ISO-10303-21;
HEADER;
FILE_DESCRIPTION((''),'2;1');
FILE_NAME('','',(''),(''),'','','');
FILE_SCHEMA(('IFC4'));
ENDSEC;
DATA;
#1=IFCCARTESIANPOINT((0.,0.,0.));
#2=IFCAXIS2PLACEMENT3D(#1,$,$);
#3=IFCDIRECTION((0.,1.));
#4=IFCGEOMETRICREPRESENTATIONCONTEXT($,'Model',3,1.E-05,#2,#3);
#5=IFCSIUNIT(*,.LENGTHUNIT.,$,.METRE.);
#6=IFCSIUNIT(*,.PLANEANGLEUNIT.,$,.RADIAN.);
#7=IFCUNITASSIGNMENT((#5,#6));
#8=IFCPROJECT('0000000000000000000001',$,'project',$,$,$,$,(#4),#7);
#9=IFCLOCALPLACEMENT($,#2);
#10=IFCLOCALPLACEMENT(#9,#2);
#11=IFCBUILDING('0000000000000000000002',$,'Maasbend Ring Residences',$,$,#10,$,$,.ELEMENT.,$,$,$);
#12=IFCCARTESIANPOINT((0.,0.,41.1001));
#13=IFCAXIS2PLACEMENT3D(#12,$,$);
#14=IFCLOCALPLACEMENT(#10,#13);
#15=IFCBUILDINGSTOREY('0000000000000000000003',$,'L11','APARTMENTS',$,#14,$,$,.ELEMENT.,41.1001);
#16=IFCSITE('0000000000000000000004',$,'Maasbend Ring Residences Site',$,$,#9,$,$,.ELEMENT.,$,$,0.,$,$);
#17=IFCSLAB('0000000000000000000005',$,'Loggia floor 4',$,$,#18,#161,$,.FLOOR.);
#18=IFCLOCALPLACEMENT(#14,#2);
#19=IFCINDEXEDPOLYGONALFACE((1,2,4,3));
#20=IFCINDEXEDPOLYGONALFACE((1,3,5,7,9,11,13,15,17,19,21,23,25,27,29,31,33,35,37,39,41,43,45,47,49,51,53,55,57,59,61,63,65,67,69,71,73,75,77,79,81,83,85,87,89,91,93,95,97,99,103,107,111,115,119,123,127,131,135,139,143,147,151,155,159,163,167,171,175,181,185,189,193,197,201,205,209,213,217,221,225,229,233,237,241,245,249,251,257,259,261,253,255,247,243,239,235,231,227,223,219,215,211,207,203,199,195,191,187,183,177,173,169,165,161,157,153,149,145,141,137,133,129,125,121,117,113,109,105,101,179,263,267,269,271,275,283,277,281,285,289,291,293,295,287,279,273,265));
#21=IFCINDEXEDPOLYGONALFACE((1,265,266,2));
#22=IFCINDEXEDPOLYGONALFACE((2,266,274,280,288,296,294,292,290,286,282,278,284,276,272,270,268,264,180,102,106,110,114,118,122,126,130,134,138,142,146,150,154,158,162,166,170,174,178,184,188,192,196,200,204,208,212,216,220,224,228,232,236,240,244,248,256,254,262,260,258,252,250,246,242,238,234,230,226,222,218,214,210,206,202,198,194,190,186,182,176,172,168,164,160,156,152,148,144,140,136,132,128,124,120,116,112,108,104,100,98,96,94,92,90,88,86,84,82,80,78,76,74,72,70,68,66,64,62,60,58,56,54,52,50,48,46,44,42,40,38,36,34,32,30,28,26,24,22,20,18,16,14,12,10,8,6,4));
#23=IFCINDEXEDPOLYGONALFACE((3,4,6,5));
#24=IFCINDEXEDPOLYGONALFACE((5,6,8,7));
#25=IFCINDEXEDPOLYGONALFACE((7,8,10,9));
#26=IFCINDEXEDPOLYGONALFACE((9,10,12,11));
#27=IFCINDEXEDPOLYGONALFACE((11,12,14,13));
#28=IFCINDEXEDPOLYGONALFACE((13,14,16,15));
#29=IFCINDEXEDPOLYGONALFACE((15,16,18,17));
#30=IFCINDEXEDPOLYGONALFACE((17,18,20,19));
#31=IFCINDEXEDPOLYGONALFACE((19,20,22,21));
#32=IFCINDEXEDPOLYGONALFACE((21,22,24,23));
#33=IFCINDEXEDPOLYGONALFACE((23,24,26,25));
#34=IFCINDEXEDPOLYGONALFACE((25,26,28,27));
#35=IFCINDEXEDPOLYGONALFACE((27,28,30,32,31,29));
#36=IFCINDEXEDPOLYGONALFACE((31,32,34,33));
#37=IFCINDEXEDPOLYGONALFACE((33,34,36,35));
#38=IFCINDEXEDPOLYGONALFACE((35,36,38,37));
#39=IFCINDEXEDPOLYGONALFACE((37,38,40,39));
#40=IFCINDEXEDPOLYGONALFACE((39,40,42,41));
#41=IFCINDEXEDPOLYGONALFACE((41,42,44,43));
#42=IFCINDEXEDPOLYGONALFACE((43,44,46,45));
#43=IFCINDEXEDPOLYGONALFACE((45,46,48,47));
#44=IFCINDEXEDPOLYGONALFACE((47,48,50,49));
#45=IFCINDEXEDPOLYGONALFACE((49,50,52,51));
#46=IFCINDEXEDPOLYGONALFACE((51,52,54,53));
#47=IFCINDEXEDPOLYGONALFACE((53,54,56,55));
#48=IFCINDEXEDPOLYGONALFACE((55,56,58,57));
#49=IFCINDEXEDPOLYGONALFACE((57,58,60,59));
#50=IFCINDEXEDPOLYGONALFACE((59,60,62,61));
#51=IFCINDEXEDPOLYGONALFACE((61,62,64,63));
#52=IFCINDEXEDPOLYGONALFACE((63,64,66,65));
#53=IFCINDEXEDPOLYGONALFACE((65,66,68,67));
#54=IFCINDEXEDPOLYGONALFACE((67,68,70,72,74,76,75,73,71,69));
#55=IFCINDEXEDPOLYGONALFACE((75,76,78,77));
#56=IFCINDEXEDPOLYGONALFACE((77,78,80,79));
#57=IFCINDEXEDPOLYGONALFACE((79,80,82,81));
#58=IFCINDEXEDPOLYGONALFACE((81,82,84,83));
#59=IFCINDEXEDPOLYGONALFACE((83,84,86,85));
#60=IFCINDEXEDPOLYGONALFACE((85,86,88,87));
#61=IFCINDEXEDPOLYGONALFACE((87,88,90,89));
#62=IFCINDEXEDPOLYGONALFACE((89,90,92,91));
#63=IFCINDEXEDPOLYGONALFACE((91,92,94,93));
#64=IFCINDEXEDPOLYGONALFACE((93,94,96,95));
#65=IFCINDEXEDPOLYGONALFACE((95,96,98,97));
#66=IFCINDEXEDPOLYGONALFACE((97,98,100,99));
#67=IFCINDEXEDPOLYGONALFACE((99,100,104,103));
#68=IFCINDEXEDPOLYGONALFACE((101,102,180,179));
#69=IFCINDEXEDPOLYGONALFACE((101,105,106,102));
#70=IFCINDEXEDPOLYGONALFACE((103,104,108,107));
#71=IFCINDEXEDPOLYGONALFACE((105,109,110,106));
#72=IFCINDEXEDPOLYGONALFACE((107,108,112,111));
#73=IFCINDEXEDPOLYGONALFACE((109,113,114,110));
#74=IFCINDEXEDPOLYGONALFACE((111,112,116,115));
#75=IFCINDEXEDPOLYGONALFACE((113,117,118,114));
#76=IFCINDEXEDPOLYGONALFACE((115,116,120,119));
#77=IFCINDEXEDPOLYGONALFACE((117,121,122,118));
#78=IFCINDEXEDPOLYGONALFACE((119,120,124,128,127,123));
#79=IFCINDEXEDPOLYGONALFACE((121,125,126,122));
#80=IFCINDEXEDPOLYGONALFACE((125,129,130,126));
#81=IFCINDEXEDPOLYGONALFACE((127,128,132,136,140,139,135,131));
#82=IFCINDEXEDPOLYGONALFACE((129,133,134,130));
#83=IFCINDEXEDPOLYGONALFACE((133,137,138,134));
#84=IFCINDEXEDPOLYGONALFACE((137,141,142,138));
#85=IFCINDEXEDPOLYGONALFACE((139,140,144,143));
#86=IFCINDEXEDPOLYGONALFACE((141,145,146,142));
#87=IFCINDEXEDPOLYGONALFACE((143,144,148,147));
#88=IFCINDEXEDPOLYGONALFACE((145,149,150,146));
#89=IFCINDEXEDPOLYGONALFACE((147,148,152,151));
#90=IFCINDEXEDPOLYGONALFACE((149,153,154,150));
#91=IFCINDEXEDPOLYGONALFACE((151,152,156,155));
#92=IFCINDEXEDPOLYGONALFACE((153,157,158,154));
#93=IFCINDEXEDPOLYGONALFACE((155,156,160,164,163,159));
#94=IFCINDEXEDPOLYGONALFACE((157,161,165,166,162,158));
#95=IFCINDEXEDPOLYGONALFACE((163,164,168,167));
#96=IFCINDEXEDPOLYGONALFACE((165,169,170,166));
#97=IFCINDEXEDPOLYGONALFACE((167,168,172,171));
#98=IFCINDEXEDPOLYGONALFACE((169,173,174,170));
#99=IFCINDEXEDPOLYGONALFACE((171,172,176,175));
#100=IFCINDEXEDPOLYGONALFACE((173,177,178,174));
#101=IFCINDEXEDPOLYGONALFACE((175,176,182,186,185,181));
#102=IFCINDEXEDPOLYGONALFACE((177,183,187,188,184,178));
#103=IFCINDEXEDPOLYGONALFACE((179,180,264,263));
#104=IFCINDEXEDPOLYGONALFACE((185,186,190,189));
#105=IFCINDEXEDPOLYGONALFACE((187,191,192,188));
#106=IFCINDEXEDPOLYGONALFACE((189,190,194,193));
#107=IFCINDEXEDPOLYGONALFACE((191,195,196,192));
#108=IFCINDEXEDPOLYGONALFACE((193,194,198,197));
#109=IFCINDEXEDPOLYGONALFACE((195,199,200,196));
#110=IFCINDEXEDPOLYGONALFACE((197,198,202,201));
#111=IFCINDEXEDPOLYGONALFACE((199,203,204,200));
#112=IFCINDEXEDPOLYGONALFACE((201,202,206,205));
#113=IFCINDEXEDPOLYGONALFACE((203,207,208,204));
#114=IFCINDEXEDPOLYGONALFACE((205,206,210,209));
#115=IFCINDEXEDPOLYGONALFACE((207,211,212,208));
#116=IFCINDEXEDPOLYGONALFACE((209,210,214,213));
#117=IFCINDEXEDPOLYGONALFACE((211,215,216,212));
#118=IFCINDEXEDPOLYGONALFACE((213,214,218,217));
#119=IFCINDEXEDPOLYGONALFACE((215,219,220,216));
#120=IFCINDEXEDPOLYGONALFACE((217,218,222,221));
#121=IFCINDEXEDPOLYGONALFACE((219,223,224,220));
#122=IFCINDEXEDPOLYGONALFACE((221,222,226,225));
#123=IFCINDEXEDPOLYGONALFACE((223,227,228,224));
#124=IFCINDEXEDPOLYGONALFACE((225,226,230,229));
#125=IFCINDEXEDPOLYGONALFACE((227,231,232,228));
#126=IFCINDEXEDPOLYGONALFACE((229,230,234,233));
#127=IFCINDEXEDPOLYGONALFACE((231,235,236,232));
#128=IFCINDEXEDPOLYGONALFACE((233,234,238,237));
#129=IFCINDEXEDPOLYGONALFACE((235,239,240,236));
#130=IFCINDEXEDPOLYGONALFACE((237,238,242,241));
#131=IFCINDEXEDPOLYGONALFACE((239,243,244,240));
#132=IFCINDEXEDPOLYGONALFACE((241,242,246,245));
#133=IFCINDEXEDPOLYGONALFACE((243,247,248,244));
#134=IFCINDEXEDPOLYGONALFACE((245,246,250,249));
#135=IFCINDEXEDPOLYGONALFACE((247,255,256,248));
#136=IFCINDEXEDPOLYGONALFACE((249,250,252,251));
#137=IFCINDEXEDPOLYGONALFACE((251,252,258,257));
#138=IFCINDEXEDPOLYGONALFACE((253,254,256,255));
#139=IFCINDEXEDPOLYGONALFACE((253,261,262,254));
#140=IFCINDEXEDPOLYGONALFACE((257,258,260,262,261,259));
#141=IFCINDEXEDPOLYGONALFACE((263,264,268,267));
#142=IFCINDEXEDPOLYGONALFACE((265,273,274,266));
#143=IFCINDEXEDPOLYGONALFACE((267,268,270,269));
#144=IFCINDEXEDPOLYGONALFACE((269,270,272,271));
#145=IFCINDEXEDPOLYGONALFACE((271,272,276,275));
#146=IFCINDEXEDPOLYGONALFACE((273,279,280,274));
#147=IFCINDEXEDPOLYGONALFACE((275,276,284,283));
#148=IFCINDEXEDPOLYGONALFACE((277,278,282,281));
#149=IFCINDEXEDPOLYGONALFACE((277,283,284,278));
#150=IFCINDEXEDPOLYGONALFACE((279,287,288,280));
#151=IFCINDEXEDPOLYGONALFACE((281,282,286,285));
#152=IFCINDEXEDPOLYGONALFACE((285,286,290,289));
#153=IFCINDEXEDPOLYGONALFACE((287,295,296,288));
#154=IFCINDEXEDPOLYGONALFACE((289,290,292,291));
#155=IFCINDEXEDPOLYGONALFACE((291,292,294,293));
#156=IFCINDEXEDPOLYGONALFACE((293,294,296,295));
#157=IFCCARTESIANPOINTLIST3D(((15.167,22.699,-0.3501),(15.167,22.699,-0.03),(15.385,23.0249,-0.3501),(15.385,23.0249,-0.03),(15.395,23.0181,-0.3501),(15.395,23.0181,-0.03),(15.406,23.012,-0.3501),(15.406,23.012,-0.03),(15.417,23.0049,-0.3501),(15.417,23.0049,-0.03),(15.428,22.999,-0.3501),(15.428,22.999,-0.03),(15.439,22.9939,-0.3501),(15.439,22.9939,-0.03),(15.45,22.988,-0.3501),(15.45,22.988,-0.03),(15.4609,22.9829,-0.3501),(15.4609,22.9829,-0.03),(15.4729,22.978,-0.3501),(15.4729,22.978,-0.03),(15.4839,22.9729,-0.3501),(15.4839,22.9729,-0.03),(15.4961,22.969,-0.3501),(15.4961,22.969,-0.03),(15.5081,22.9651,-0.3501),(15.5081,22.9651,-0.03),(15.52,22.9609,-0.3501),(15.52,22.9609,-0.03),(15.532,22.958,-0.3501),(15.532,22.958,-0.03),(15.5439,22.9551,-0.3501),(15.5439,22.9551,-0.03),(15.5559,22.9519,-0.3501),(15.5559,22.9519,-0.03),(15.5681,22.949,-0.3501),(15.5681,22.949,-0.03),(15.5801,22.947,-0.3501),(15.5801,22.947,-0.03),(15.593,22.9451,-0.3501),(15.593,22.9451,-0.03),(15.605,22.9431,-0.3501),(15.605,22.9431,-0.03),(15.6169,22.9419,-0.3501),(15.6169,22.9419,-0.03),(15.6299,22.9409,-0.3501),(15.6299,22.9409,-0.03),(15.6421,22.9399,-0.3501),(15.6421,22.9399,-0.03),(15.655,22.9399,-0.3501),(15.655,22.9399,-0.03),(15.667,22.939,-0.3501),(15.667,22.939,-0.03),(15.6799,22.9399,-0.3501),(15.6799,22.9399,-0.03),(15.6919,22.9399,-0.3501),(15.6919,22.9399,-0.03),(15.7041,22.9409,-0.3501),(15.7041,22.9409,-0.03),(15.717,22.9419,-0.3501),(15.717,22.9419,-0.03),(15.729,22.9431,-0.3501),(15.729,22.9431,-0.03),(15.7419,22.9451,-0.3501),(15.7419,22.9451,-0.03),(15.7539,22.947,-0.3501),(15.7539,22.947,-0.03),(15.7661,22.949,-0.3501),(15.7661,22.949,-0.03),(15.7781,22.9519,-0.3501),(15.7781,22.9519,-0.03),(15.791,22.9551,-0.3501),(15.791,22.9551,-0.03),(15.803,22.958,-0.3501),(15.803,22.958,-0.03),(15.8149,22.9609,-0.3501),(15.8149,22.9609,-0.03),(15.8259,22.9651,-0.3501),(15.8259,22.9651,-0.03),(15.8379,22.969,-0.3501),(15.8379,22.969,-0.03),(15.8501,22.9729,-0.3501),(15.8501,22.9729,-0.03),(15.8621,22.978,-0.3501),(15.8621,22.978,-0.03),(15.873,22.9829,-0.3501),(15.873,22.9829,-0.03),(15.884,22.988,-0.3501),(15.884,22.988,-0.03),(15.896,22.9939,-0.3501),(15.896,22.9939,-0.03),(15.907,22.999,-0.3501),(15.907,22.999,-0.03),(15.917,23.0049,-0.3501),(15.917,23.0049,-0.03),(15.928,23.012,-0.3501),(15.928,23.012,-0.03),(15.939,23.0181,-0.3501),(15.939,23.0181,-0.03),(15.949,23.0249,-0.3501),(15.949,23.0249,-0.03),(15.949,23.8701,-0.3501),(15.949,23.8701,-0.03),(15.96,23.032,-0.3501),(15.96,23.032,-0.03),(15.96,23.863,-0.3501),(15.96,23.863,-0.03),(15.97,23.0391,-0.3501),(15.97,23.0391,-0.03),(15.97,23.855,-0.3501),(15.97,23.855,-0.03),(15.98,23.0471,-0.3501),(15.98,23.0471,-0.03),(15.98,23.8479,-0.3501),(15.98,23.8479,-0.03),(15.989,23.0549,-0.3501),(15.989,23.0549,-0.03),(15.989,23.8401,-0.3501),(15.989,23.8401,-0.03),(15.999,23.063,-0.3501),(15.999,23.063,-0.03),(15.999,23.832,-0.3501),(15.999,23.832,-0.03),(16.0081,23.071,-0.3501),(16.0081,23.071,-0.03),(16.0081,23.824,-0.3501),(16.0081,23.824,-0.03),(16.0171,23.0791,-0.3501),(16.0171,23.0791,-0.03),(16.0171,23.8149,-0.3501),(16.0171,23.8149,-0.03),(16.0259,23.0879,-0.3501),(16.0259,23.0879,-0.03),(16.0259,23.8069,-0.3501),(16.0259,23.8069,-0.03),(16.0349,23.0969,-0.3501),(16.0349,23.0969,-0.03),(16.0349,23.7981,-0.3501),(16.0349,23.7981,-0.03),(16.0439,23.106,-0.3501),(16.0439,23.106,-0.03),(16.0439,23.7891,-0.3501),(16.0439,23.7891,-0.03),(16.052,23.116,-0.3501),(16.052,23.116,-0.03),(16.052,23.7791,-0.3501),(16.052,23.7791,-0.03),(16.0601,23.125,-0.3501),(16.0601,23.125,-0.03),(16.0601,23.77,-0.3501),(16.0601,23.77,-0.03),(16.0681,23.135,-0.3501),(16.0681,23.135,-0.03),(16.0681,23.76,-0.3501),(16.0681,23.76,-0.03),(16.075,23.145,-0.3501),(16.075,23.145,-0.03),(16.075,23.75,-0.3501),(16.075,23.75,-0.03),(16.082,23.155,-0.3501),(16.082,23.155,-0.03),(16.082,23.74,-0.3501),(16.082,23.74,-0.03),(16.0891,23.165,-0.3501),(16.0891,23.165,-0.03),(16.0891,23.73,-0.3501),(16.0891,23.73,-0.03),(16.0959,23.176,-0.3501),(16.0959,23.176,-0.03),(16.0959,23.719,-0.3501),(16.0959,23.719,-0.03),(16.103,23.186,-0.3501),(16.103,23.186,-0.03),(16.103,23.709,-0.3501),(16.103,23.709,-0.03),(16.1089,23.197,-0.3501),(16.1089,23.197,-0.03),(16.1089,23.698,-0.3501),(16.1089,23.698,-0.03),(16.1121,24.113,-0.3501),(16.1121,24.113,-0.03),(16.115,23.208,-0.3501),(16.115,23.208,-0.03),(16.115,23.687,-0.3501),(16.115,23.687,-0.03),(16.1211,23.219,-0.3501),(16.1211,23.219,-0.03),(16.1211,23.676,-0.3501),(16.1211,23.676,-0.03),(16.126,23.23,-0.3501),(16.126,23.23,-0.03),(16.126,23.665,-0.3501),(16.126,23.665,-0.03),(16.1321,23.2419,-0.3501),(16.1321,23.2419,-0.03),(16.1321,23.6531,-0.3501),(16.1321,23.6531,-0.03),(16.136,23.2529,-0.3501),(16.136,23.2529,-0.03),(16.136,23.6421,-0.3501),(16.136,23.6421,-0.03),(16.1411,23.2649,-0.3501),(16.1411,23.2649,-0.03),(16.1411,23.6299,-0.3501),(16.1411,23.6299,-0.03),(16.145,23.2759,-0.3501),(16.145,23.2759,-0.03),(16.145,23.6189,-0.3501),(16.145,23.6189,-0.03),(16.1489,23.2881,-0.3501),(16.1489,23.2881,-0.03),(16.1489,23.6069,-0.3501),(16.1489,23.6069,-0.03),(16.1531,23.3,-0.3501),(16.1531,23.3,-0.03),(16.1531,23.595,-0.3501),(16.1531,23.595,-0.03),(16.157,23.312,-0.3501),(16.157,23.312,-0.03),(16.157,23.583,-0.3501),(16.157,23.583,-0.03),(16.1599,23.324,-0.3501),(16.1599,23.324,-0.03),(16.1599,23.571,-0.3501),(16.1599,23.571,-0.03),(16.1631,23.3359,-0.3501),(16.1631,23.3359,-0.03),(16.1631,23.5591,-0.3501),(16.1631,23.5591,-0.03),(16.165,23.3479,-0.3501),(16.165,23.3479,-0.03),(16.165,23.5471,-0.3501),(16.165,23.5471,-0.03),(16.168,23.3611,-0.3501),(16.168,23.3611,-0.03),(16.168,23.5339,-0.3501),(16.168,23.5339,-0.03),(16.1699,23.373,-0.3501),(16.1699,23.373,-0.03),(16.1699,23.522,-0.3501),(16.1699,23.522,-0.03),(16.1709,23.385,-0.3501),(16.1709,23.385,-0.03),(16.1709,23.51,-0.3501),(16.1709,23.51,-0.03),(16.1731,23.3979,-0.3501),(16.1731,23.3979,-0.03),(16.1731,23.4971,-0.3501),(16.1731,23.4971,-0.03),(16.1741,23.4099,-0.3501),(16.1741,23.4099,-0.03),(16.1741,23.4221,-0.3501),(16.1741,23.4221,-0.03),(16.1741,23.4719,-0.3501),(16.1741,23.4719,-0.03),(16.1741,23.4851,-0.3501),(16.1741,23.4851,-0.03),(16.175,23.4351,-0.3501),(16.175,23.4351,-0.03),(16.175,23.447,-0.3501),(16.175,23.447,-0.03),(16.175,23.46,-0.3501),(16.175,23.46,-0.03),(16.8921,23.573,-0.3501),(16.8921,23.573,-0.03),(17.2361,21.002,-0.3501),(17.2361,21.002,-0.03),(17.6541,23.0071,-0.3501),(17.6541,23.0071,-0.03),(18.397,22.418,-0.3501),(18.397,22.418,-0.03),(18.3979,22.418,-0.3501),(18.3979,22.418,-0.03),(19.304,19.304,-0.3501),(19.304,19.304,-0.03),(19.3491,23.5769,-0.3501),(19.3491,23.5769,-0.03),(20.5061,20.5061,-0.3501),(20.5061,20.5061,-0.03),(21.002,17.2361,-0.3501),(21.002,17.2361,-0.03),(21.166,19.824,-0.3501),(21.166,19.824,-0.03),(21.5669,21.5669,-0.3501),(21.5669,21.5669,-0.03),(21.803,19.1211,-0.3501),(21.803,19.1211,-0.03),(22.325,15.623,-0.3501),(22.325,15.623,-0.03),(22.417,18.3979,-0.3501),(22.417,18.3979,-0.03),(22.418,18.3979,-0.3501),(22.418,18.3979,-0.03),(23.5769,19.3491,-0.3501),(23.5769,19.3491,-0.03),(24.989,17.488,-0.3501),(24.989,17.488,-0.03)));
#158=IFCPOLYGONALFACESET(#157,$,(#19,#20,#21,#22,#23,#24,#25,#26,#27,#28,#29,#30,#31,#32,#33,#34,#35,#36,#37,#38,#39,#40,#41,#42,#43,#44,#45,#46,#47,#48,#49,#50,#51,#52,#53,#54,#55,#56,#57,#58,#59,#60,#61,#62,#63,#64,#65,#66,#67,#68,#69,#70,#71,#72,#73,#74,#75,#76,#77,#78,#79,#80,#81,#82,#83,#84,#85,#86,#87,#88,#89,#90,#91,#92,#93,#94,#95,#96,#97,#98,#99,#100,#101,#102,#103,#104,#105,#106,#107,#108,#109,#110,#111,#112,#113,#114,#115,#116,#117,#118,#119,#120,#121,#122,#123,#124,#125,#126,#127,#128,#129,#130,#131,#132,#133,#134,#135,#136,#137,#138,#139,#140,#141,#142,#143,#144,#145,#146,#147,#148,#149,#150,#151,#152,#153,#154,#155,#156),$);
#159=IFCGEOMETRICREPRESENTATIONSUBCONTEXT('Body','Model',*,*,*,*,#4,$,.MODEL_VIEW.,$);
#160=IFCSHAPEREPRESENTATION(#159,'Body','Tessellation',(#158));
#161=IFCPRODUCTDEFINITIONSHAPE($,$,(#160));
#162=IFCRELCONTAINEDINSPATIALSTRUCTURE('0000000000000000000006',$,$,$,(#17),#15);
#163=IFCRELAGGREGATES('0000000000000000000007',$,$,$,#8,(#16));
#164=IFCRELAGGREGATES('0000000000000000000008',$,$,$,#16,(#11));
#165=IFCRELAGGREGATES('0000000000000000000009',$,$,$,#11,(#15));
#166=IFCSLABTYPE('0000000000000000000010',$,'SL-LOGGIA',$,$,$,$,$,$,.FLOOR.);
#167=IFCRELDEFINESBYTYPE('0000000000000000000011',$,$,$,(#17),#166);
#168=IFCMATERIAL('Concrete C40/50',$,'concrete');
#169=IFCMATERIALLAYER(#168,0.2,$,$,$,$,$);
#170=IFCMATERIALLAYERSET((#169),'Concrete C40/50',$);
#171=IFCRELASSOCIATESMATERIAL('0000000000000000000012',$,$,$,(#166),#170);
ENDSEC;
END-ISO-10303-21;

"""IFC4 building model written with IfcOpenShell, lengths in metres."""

from ifc_helpers import new_model, si_unit, direction, frame, origin, place, context, subcontext, project, spatial, polyline, outline, extrude, material, layer, layer_set, type_object, element, save


model = new_model("IFC4")

# Units and contexts
model_context = context("Model", 3, precision=1e-05, world=origin(), true_north=direction((0.0, 1.0)))
body_context = subcontext(model_context, "Body", "Model", "MODEL_VIEW")
ifc_project = project(units=[si_unit("LENGTHUNIT", "METRE"), si_unit("PLANEANGLEUNIT", "RADIAN")], contexts=[model_context])

# Site, building, storey
site_placement = place(None, origin())
site = spatial("IfcSite", under=ifc_project, at=site_placement, Name="Maasbend Ring Residences Site", CompositionType="ELEMENT", RefElevation=0.0)
building_placement = place(site_placement, origin())
building = spatial("IfcBuilding", under=site, at=building_placement, Name="Maasbend Ring Residences", CompositionType="ELEMENT")
storey_placement = place(building_placement, frame((0.0, 0.0, 41.1001)))
storey = spatial("IfcBuildingStorey", under=building, at=storey_placement, Name="L11", Description="APARTMENTS", CompositionType="ELEMENT", Elevation=41.1001)

# Slab
ifc_material_1 = material(Name="Concrete C40/50", Category="concrete")
ifc_layer_1 = layer(ifc_material_1, 0.2)
ifc_layer_set_1 = layer_set([ifc_layer_1], Name="Concrete C40/50")
slab_type_1 = type_object("IfcSlabType", Name="SL-LOGGIA", PredefinedType="FLOOR", material=ifc_layer_set_1)
slab_1_placement = place(storey_placement, frame((0.0, 0.0, -0.3501)))
element("IfcSlab", 1, at=slab_1_placement, inside=storey, type_object=slab_type_1, Name="Loggia floor 4", PredefinedType="FLOOR", context=body_context, shape_type="SweptSolid", body=[
    extrude(outline(polyline([(15.406, 23.012), (15.417, 23.0049), (15.428, 22.999), (15.439, 22.9939), (15.45, 22.988), (15.4609, 22.9829), (15.4729, 22.978), (15.4839, 22.9729), (15.4961, 22.969), (15.5081, 22.9651), (15.52, 22.9609), (15.532, 22.958), (15.5439, 22.9551), (15.5559, 22.9519), (15.5681, 22.949), (15.5801, 22.947), (15.593, 22.9451), (15.605, 22.9431), (15.6169, 22.9419), (15.6299, 22.9409), (15.6421, 22.9399), (15.655, 22.9399), (15.667, 22.939), (15.6799, 22.9399), (15.6919, 22.9399), (15.7041, 22.9409), (15.717, 22.9419), (15.729, 22.9431), (15.7419, 22.9451), (15.7539, 22.947), (15.7661, 22.949), (15.7781, 22.9519), (15.791, 22.9551), (15.803, 22.958), (15.8149, 22.9609), (15.8259, 22.9651), (15.8379, 22.969), (15.8501, 22.9729), (15.8621, 22.978), (15.873, 22.9829), (15.884, 22.988), (15.896, 22.9939), (15.907, 22.999), (15.917, 23.0049), (15.928, 23.012), (15.939, 23.0181), (15.949, 23.0249), (15.96, 23.032), (15.97, 23.0391), (15.98, 23.0471), (15.989, 23.0549), (15.999, 23.063), (16.0081, 23.071), (16.0171, 23.0791), (16.0259, 23.0879), (16.0349, 23.0969), (16.0439, 23.106), (16.052, 23.116), (16.0601, 23.125), (16.0681, 23.135), (16.075, 23.145), (16.082, 23.155), (16.0891, 23.165), (16.0959, 23.176), (16.103, 23.186), (16.1089, 23.197), (16.115, 23.208), (16.1211, 23.219), (16.126, 23.23), (16.1321, 23.2419), (16.136, 23.2529), (16.1411, 23.2649), (16.145, 23.2759), (16.1489, 23.2881), (16.1531, 23.3), (16.157, 23.312), (16.1599, 23.324), (16.1631, 23.3359), (16.165, 23.3479), (16.168, 23.3611), (16.1699, 23.373), (16.1709, 23.385), (16.1731, 23.3979), (16.1741, 23.4099), (16.1741, 23.4221), (16.175, 23.4351), (16.175, 23.447), (16.175, 23.46), (16.1741, 23.4719), (16.1741, 23.4851), (16.1731, 23.4971), (16.1709, 23.51), (16.1699, 23.522), (16.168, 23.5339), (16.165, 23.5471), (16.1631, 23.5591), (16.1599, 23.571), (16.157, 23.583), (16.1531, 23.595), (16.1489, 23.6069), (16.145, 23.6189), (16.1411, 23.6299), (16.136, 23.6421), (16.1321, 23.6531), (16.126, 23.665), (16.1211, 23.676), (16.115, 23.687), (16.1089, 23.698), (16.103, 23.709), (16.0959, 23.719), (16.0891, 23.73), (16.082, 23.74), (16.075, 23.75), (16.0681, 23.76), (16.0601, 23.77), (16.052, 23.7791), (16.0439, 23.7891), (16.0349, 23.7981), (16.0259, 23.8069), (16.0171, 23.8149), (16.0081, 23.824), (15.999, 23.832), (15.989, 23.8401), (15.98, 23.8479), (15.97, 23.855), (15.96, 23.863), (15.949, 23.8701), (15.949, 23.8701), (16.1121, 24.113), (16.1121, 24.113), (16.1121, 24.113), (16.8921, 23.573), (16.8921, 23.573), (17.6541, 23.0071), (17.6541, 23.0071), (18.397, 22.418), (18.397, 22.418), (18.397, 22.418), (18.397, 22.418), (18.397, 22.418), (18.397, 22.418), (18.397, 22.418), (18.397, 22.418), (18.397, 22.418), (18.397, 22.418), (18.397, 22.418), (18.3979, 22.418), (18.3979, 22.418), (18.3979, 22.418), (18.3979, 22.418), (18.3979, 22.418), (18.3979, 22.418), (19.3491, 23.5769), (19.3491, 23.5769), (19.3491, 23.5769), (21.5669, 21.5669), (21.5669, 21.5669), (21.5669, 21.5669), (20.5061, 20.5061), (20.5061, 20.5061), (20.5061, 20.5061), (20.5061, 20.5061), (20.5061, 20.5061), (20.5061, 20.5061), (20.5061, 20.5061), (20.5061, 20.5061), (20.5061, 20.5061), (20.5061, 20.5061), (20.5061, 20.5061), (20.5061, 20.5061), (20.5061, 20.5061), (20.5061, 20.5061), (20.5061, 20.5061), (20.5061, 20.5061), (20.5061, 20.5061), (21.166, 19.824), (21.166, 19.824), (21.803, 19.1211), (21.803, 19.1211), (22.417, 18.3979), (22.417, 18.3979), (22.417, 18.3979), (22.417, 18.3979), (22.417, 18.3979), (22.417, 18.3979), (22.417, 18.3979), (22.417, 18.3979), (22.417, 18.3979), (22.417, 18.3979), (22.417, 18.3979), (22.417, 18.3979), (22.418, 18.3979), (22.418, 18.3979), (22.418, 18.3979), (22.418, 18.3979), (22.418, 18.3979), (23.5769, 19.3491), (23.5769, 19.3491), (23.5769, 19.3491), (24.989, 17.488), (24.989, 17.488), (24.989, 17.488), (22.325, 15.623), (22.325, 15.623), (22.325, 15.623), (21.002, 17.2361), (19.304, 19.304), (19.304, 19.304), (19.304, 19.304), (17.2361, 21.002), (15.167, 22.699), (15.167, 22.699), (15.167, 22.699), (15.385, 23.0249), (15.385, 23.0249), (15.395, 23.0181), (15.406, 23.012)])), origin(), (0.0, 0.0, 1.0), 0.3201),
])

save(model, "model.ifc")
